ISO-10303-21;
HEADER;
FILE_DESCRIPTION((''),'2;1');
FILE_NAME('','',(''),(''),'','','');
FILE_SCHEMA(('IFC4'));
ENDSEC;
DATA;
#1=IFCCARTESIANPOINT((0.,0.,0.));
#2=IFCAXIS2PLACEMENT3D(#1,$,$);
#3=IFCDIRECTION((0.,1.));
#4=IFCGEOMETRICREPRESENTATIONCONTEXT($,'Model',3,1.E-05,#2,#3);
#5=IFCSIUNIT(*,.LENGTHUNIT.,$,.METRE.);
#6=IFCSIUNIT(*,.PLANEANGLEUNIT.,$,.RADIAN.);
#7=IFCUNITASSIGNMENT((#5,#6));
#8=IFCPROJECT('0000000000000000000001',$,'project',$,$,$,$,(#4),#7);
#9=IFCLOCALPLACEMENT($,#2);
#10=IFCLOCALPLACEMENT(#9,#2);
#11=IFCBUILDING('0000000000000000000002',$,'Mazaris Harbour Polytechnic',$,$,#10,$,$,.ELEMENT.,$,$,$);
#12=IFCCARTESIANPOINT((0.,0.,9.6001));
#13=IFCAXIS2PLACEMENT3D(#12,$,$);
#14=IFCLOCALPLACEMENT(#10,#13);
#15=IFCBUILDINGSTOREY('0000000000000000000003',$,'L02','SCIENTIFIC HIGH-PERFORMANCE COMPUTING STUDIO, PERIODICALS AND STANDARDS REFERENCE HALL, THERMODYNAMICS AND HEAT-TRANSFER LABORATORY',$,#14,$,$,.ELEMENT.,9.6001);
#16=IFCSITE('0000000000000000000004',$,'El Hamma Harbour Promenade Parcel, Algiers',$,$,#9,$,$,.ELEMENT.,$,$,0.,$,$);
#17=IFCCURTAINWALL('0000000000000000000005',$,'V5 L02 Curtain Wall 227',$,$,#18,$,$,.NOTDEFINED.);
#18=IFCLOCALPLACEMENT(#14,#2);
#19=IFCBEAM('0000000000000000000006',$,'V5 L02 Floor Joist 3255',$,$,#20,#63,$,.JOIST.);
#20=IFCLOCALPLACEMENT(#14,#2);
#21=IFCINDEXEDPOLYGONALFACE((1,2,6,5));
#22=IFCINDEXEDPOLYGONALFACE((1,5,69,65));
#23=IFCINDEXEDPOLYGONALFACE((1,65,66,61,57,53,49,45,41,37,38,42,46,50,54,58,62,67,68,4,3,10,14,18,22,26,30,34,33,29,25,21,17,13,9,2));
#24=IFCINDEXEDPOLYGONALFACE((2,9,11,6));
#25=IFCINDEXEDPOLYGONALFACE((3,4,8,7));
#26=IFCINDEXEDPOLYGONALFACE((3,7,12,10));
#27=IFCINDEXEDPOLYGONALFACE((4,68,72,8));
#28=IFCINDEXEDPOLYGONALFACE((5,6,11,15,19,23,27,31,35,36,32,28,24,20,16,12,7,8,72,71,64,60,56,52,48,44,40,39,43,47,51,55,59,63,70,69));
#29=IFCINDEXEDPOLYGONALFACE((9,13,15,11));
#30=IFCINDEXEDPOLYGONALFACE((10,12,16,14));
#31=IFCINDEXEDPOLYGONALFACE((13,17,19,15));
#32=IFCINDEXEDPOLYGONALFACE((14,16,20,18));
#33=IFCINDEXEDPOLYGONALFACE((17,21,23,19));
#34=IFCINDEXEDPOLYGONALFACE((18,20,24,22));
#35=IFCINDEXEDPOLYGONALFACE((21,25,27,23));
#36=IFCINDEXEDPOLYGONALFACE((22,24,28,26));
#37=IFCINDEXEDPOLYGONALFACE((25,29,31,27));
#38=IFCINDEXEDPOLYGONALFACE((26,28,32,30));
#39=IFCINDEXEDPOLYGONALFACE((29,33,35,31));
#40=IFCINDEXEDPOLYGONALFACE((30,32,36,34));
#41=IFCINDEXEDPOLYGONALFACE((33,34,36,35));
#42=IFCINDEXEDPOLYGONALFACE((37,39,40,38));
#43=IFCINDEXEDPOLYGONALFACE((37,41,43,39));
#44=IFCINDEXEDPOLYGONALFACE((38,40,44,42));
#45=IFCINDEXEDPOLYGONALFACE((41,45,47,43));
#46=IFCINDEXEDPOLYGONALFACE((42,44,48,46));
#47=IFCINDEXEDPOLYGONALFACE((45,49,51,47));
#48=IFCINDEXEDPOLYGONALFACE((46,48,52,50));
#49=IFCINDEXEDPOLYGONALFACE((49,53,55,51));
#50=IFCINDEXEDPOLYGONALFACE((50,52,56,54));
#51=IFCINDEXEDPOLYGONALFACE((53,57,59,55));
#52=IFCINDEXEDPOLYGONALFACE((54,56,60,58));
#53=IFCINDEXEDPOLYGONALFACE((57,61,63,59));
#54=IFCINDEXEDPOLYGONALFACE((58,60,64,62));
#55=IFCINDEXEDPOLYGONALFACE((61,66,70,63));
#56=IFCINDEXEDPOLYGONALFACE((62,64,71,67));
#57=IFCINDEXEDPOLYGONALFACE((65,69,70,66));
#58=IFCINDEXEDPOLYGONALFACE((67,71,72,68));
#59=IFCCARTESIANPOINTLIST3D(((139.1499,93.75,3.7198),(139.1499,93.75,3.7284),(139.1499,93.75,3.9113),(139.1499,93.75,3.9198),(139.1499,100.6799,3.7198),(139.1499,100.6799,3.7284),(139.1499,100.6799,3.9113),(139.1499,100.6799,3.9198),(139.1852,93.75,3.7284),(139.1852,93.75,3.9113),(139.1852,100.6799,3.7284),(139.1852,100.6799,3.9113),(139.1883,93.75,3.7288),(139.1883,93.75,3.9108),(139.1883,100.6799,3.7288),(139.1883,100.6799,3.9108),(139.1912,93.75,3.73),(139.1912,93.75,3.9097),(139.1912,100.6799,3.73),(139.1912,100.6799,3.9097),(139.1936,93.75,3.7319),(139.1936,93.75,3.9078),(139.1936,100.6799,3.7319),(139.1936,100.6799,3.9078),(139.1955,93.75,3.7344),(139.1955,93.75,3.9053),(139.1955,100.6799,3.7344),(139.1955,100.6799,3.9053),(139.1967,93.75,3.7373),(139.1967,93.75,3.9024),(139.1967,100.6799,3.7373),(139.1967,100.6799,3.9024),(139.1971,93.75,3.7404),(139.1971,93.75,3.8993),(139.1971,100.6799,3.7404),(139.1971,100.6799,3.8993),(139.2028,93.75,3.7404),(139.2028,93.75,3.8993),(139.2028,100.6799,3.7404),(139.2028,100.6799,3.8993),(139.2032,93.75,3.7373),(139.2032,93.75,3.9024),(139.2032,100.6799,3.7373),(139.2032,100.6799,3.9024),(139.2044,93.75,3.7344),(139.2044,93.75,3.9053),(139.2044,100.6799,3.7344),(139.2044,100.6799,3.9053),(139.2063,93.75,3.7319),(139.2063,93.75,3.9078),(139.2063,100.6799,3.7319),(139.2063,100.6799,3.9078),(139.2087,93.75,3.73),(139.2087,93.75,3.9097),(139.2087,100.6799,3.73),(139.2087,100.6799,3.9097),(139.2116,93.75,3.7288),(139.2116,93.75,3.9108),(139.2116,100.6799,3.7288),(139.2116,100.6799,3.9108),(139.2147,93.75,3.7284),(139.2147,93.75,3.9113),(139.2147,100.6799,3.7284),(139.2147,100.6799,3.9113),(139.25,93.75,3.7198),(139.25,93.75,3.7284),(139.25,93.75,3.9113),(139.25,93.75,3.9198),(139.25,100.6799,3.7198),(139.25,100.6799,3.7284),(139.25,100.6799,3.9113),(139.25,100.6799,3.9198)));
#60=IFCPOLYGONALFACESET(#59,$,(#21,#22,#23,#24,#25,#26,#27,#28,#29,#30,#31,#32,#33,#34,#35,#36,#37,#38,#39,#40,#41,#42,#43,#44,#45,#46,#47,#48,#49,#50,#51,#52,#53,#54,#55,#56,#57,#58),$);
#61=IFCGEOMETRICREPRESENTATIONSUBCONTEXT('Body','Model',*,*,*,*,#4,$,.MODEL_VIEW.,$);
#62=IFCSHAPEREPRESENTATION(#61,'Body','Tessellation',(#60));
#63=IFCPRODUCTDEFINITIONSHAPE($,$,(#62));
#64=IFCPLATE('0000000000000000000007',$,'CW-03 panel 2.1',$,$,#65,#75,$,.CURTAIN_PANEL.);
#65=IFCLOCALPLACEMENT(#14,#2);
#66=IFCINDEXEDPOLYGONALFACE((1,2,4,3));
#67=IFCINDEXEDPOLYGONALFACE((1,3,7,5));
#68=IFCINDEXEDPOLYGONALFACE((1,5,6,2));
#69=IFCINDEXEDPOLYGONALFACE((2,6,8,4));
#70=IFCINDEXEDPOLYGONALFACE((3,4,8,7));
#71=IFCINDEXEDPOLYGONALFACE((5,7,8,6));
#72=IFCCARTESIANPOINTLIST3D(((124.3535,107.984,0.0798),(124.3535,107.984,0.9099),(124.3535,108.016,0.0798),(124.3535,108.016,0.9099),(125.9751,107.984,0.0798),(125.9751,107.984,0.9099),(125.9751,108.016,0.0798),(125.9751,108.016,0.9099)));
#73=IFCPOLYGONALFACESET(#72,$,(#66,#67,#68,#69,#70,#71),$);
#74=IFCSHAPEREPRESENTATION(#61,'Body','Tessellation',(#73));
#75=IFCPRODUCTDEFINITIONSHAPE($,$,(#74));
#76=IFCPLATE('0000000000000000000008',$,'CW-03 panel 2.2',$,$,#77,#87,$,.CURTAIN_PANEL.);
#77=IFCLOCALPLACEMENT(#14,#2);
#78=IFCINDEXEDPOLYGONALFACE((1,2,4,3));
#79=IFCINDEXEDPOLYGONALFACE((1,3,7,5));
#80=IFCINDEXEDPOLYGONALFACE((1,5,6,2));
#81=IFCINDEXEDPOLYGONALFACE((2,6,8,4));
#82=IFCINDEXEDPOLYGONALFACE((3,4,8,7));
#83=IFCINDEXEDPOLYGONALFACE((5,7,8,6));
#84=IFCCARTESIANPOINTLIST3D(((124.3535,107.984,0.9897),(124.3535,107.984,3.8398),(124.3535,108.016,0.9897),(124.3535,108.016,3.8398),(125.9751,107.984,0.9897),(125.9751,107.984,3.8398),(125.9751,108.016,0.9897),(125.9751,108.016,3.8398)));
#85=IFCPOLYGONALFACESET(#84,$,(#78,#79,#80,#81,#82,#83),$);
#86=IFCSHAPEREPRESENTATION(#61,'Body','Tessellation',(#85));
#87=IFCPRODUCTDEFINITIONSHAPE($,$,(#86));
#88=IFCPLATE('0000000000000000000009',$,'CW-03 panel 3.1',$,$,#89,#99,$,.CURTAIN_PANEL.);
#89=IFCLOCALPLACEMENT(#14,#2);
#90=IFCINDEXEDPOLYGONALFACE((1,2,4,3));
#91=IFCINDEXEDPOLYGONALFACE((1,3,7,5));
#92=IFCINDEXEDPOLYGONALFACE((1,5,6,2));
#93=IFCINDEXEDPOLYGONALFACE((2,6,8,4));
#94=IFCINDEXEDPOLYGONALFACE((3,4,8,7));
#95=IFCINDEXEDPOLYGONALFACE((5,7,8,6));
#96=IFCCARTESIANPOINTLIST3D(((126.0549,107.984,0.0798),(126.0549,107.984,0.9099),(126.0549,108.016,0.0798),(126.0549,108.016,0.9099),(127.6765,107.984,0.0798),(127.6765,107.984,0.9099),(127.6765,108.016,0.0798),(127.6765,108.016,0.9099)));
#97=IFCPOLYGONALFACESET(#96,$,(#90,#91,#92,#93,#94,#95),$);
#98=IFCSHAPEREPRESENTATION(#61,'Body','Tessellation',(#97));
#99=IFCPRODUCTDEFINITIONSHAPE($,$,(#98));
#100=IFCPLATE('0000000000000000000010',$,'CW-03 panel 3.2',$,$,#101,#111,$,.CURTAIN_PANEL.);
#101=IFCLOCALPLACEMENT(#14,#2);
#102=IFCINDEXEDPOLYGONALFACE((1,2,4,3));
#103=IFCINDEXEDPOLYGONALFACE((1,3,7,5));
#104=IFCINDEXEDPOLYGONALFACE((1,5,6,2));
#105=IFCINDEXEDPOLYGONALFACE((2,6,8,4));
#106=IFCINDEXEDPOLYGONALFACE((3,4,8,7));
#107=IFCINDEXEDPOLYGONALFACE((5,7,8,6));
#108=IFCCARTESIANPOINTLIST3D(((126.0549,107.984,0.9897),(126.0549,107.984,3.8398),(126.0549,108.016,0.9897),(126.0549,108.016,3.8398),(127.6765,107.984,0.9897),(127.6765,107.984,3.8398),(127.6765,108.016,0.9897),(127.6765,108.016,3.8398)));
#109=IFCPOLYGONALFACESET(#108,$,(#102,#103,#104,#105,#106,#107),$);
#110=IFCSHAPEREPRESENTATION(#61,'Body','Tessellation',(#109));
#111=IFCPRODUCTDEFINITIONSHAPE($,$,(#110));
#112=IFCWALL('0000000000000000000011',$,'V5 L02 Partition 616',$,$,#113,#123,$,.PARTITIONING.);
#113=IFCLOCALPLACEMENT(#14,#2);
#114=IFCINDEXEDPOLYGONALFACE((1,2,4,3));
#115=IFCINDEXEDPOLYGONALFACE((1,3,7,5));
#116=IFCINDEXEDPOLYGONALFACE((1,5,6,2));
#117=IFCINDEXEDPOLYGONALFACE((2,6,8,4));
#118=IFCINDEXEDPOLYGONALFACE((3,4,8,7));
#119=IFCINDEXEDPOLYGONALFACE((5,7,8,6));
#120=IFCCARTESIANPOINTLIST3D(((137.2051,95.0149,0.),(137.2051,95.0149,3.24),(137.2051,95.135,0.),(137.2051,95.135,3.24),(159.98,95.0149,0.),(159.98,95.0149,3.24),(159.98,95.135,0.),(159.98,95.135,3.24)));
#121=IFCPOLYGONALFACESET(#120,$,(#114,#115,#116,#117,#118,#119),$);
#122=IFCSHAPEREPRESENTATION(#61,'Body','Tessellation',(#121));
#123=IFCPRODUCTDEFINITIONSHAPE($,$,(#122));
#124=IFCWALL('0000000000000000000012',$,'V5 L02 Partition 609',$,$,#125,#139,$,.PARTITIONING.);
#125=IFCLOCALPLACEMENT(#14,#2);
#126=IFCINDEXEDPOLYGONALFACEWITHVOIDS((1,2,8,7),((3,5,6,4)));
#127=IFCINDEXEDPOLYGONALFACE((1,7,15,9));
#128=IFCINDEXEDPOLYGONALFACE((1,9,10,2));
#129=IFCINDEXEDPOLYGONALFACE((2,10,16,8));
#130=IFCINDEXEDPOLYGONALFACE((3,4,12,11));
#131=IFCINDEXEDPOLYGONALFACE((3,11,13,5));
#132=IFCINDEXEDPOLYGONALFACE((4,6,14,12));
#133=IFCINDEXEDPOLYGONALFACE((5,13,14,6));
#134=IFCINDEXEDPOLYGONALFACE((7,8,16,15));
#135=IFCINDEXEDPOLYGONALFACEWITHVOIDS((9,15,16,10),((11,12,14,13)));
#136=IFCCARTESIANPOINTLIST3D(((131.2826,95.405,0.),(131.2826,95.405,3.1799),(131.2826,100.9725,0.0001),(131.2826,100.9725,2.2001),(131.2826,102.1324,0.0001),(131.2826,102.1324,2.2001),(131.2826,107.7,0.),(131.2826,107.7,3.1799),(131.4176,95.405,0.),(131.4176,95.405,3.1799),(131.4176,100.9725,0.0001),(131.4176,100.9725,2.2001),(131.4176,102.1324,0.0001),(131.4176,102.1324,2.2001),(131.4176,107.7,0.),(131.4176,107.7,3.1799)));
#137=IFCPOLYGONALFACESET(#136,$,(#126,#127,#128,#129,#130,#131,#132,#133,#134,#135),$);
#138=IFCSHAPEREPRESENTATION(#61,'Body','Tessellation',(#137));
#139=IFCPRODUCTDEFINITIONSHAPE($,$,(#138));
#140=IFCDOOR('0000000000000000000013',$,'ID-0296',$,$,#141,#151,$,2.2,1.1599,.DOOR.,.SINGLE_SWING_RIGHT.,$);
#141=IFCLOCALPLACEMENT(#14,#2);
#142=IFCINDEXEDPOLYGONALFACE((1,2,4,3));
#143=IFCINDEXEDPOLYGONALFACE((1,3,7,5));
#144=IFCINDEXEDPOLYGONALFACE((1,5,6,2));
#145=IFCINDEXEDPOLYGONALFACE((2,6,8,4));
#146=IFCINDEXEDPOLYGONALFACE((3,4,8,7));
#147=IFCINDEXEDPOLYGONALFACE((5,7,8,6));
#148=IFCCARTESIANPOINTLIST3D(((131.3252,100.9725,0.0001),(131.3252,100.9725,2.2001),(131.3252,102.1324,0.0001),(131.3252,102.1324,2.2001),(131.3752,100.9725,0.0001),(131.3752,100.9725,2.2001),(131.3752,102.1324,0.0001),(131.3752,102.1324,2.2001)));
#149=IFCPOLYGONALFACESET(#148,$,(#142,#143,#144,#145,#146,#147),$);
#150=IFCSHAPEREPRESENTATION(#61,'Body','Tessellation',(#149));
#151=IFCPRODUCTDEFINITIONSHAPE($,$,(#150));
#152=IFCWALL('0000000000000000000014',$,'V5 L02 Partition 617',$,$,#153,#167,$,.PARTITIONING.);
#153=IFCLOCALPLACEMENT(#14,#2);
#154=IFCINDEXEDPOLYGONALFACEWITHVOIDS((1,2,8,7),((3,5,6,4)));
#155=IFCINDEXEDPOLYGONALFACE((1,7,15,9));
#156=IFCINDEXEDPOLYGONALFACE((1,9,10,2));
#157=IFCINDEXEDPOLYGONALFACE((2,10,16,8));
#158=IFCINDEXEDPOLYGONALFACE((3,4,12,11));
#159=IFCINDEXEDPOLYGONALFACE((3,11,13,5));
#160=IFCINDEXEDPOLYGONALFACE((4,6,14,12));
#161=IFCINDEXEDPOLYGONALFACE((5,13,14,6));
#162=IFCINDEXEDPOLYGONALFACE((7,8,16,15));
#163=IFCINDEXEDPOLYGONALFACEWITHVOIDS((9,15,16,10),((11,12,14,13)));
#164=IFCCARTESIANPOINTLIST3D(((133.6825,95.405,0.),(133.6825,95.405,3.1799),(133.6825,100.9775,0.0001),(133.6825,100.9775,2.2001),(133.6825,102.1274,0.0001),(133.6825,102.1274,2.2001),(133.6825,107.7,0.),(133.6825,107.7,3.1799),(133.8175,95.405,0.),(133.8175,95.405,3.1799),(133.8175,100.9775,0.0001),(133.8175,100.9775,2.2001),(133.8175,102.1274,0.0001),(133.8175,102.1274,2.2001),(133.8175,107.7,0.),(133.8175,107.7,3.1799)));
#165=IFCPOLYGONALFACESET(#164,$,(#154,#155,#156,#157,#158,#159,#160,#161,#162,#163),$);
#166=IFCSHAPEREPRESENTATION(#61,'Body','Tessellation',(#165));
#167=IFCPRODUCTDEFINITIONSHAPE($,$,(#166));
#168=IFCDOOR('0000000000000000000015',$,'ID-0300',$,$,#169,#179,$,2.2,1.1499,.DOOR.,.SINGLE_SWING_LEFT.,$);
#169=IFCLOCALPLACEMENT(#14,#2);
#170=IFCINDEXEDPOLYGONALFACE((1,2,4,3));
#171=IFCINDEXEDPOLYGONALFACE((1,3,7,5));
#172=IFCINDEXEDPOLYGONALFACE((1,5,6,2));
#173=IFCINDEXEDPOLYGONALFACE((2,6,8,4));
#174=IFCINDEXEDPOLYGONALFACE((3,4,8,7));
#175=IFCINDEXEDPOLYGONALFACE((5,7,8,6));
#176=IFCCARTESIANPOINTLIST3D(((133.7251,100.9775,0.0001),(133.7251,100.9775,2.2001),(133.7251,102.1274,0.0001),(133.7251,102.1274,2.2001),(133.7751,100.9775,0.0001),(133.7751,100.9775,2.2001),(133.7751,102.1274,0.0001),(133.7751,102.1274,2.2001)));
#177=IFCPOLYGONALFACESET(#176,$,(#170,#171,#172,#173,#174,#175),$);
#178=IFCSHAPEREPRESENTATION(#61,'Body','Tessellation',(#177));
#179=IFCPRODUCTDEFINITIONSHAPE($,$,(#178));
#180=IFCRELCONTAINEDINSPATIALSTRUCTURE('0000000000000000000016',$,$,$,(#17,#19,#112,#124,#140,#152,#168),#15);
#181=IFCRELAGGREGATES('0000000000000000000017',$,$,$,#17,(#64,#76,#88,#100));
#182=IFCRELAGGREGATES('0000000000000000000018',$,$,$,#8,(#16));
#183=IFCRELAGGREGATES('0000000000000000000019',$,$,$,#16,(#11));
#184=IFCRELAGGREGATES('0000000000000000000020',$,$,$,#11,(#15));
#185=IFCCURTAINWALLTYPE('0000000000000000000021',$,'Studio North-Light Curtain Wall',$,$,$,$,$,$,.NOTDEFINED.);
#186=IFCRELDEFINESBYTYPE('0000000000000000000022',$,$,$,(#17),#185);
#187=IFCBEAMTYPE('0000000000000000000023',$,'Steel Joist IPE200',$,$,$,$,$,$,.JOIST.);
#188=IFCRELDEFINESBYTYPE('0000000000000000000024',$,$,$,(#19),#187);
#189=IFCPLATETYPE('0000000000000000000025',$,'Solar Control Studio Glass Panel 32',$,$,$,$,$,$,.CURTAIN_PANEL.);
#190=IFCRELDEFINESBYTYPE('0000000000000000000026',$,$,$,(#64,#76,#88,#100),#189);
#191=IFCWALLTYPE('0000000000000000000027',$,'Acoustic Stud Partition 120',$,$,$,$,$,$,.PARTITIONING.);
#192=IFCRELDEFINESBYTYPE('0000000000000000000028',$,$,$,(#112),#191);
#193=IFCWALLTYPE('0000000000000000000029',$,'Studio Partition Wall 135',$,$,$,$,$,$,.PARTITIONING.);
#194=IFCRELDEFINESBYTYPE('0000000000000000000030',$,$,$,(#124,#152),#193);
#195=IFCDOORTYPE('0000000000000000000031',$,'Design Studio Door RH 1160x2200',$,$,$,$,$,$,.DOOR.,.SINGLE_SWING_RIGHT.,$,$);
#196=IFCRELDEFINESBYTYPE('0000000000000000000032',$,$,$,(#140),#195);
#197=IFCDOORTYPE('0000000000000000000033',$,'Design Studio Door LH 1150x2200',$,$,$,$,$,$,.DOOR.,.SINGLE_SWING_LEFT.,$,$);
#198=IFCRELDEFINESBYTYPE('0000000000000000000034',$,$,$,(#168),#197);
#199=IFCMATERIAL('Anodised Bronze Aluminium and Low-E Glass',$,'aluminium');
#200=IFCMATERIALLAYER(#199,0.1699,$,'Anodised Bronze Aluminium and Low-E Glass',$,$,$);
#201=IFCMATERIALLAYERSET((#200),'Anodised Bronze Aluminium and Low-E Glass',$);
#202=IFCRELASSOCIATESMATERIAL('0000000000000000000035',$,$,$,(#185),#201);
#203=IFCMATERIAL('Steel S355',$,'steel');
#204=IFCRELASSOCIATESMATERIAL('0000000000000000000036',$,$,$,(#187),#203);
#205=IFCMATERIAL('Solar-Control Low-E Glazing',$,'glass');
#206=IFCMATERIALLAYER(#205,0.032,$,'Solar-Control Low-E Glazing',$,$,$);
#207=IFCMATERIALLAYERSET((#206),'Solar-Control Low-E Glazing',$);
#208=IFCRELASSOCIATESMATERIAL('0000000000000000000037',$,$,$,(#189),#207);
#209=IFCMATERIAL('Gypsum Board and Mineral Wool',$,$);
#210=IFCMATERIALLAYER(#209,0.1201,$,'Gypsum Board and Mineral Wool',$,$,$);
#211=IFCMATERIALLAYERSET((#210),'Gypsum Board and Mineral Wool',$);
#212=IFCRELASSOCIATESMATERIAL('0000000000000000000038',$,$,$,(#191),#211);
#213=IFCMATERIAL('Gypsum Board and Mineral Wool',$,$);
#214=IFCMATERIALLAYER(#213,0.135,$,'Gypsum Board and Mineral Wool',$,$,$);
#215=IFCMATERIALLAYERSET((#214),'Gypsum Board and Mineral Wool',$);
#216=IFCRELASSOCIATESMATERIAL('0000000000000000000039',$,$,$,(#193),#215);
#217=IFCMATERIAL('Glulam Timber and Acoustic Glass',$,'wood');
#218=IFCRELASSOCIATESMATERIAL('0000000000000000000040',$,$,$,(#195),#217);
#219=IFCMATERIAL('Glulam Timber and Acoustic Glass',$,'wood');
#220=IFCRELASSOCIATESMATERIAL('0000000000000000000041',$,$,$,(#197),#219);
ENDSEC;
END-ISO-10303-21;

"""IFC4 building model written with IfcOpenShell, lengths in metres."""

from ifc_helpers import new_model, si_unit, direction, frame, frame_2d, origin, origin_2d, place, context, subcontext, project, spatial, rectangle, i_section, extrude, material, layer, layer_set, material_profile, profile_set, type_object, element, fill, aggregate, save


model = new_model("IFC4")

# Units and contexts
model_context = context("Model", 3, precision=1e-05, world=origin(), true_north=direction((0.0, 1.0)))
body_context = subcontext(model_context, "Body", "Model", "MODEL_VIEW")
ifc_project = project(units=[si_unit("LENGTHUNIT", "METRE"), si_unit("PLANEANGLEUNIT", "RADIAN")], contexts=[model_context])

# Site, building, storey
site_placement = place(None, origin())
site = spatial("IfcSite", under=ifc_project, at=site_placement, Name="El Hamma Harbour Promenade Parcel, Algiers", CompositionType="ELEMENT", RefElevation=0.0)
building_placement = place(site_placement, origin())
building = spatial("IfcBuilding", under=site, at=building_placement, Name="Mazaris Harbour Polytechnic", CompositionType="ELEMENT")
storey_placement = place(building_placement, frame((0.0, 0.0, 9.6001)))
storey = spatial("IfcBuildingStorey", under=building, at=storey_placement, Name="L02", Description="SCIENTIFIC HIGH-PERFORMANCE COMPUTING STUDIO, PERIODICALS AND STANDARDS REFERENCE HALL, THERMODYNAMICS AND HEAT-TRANSFER LABORATORY", CompositionType="ELEMENT", Elevation=9.6001)

# Curtain wall
ifc_material_1 = material(Name="Anodised Bronze Aluminium and Low-E Glass", Category="aluminium")
ifc_layer_1 = layer(ifc_material_1, 0.1699, Name="Anodised Bronze Aluminium and Low-E Glass")
ifc_layer_set_1 = layer_set([ifc_layer_1], Name="Anodised Bronze Aluminium and Low-E Glass")
curtain_wall_type = type_object("IfcCurtainWallType", Name="Studio North-Light Curtain Wall", PredefinedType="NOTDEFINED", material=ifc_layer_set_1)
curtain_wall_placement = place(storey_placement, origin())
curtain_wall = element("IfcCurtainWall", 1, at=curtain_wall_placement, inside=storey, type_object=curtain_wall_type, Name="V5 L02 Curtain Wall 227", PredefinedType="NOTDEFINED")

# Beam
ifc_material_2 = material(Name="Steel S355", Category="steel")
ifc_material_profile_1 = material_profile(ifc_material_2, i_section(OverallWidth=0.1001, OverallDepth=0.2, WebThickness=0.0056, FlangeThickness=0.0085, FilletRadius=0.012, at=origin_2d()), Name="IPE 200")
ifc_profile_set_1 = profile_set([ifc_material_profile_1], Name="Steel S355")
beam_type_1 = type_object("IfcBeamType", Name="Steel Joist IPE200", PredefinedType="JOIST", material=ifc_profile_set_1)
beam_1_placement = place(storey_placement, frame((139.2, 93.75, 3.8198), z_axis=(0.0, 1.0, 0.0), x_axis=(-1.0, 0.0, 0.0)))
element("IfcBeam", 2, at=beam_1_placement, inside=storey, type_object=beam_type_1, Name="V5 L02 Floor Joist 3255", PredefinedType="JOIST", context=body_context, shape_type="SweptSolid", body=[
    extrude(i_section(OverallWidth=0.1001, OverallDepth=0.2, WebThickness=0.0056, FlangeThickness=0.0085, FilletRadius=0.012, at=origin_2d()), origin(), (0.0, 0.0, 1.0), 6.9299),
])

# Plates
ifc_material_3 = material(Name="Solar-Control Low-E Glazing", Category="glass")
ifc_layer_2 = layer(ifc_material_3, 0.032, Name="Solar-Control Low-E Glazing")
ifc_layer_set_2 = layer_set([ifc_layer_2], Name="Solar-Control Low-E Glazing")
plate_type = type_object("IfcPlateType", Name="Solar Control Studio Glass Panel 32", PredefinedType="CURTAIN_PANEL", material=ifc_layer_set_2)
plate_1_placement = place(storey_placement, frame((125.1643, 108.0, 0.0798), z_axis=(0.0, 0.0, 1.0), x_axis=(1.0, 0.0, 0.0)))
plate_1 = element("IfcPlate", 3, at=plate_1_placement, type_object=plate_type, Name="CW-03 panel 2.1", PredefinedType="CURTAIN_PANEL", context=body_context, shape_type="SweptSolid", body=[
    extrude(rectangle(XDim=1.6216, YDim=0.032, at=origin_2d()), origin(), (0.0, 0.0, 1.0), 0.8301),
])
plate_2_placement = place(storey_placement, frame((125.1643, 108.0, 0.9897), z_axis=(0.0, 0.0, 1.0), x_axis=(1.0, 0.0, 0.0)))
plate_2 = element("IfcPlate", 4, at=plate_2_placement, type_object=plate_type, Name="CW-03 panel 2.2", PredefinedType="CURTAIN_PANEL", context=body_context, shape_type="SweptSolid", body=[
    extrude(rectangle(XDim=1.6216, YDim=0.032, at=origin_2d()), origin(), (0.0, 0.0, 1.0), 2.8501),
])
plate_3_placement = place(storey_placement, frame((126.8657, 108.0, 0.0798), z_axis=(0.0, 0.0, 1.0), x_axis=(1.0, 0.0, 0.0)))
plate_3 = element("IfcPlate", 5, at=plate_3_placement, type_object=plate_type, Name="CW-03 panel 3.1", PredefinedType="CURTAIN_PANEL", context=body_context, shape_type="SweptSolid", body=[
    extrude(rectangle(XDim=1.6216, YDim=0.032, at=origin_2d()), origin(), (0.0, 0.0, 1.0), 0.8301),
])
plate_4_placement = place(storey_placement, frame((126.8657, 108.0, 0.9897), z_axis=(0.0, 0.0, 1.0), x_axis=(1.0, 0.0, 0.0)))
plate_4 = element("IfcPlate", 6, at=plate_4_placement, type_object=plate_type, Name="CW-03 panel 3.2", PredefinedType="CURTAIN_PANEL", context=body_context, shape_type="SweptSolid", body=[
    extrude(rectangle(XDim=1.6216, YDim=0.032, at=origin_2d()), origin(), (0.0, 0.0, 1.0), 2.8501),
])
aggregate(curtain_wall, [plate_1, plate_2, plate_3, plate_4])

# Wall
ifc_material_4 = material(Name="Gypsum Board and Mineral Wool")
ifc_layer_3 = layer(ifc_material_4, 0.1201, Name="Gypsum Board and Mineral Wool")
ifc_layer_set_3 = layer_set([ifc_layer_3], Name="Gypsum Board and Mineral Wool")
wall_type_1 = type_object("IfcWallType", Name="Acoustic Stud Partition 120", PredefinedType="PARTITIONING", material=ifc_layer_set_3)
wall_1_placement = place(storey_placement, frame((137.2051, 95.075, 0.0), z_axis=(0.0, 0.0, 1.0), x_axis=(1.0, 0.0, 0.0)))
element("IfcWall", 7, at=wall_1_placement, inside=storey, type_object=wall_type_1, Name="V5 L02 Partition 616", PredefinedType="PARTITIONING", context=body_context, shape_type="SweptSolid", body=[
    extrude(rectangle(XDim=22.7749, YDim=0.1201, at=frame_2d((11.3875, 0.0))), origin(), (0.0, 0.0, 1.0), 3.24),
])

# Walls, openings, doors
ifc_material_5 = material(Name="Gypsum Board and Mineral Wool")
ifc_layer_4 = layer(ifc_material_5, 0.135, Name="Gypsum Board and Mineral Wool")
ifc_layer_set_4 = layer_set([ifc_layer_4], Name="Gypsum Board and Mineral Wool")
wall_type_2 = type_object("IfcWallType", Name="Studio Partition Wall 135", PredefinedType="PARTITIONING", material=ifc_layer_set_4)
wall_2_placement = place(storey_placement, frame((131.3501, 95.405, 0.0), z_axis=(0.0, 0.0, 1.0), x_axis=(0.0, 1.0, 0.0)))
wall_2 = element("IfcWall", 8, at=wall_2_placement, inside=storey, type_object=wall_type_2, Name="V5 L02 Partition 609", PredefinedType="PARTITIONING", context=body_context, shape_type="SweptSolid", body=[
    extrude(rectangle(XDim=12.2949, YDim=0.135, at=frame_2d((6.1475, 0.0))), origin(), (0.0, 0.0, 1.0), 3.1799),
])
opening_1_placement = place(wall_2_placement, frame((5.5674, 0.0, 0.0)))
opening_1 = element("IfcOpeningElement", 9, at=opening_1_placement, cuts=wall_2, PredefinedType="OPENING", context=body_context, shape_type="SweptSolid", body=[
    extrude(rectangle(XDim=1.1599, YDim=2.2, at=frame_2d((0.5801, 1.1001))), frame((0.0, 0.0774, 0.0), z_axis=(0.0, -1.0, 0.0), x_axis=(1.0, 0.0, 0.0)), (0.0, 0.0, 1.0), 0.155),
])
ifc_material_6 = material(Name="Glulam Timber and Acoustic Glass", Category="wood")
door_type_1 = type_object("IfcDoorType", Name="Design Studio Door RH 1160x2200", OperationType="SINGLE_SWING_RIGHT", PredefinedType="DOOR", material=ifc_material_6)
door_1_placement = place(opening_1_placement, origin())
door_1 = element("IfcDoor", 10, at=door_1_placement, inside=storey, type_object=door_type_1, Name="ID-0296", OperationType="SINGLE_SWING_RIGHT", OverallHeight=2.2, OverallWidth=1.1599, PredefinedType="DOOR", context=body_context, shape_type="SweptSolid", body=[
    extrude(rectangle(XDim=1.1599, YDim=2.2, at=frame_2d((0.5801, 1.1001))), frame((0.0, 0.0249, 0.0), z_axis=(0.0, -1.0, 0.0), x_axis=(1.0, 0.0, 0.0)), (0.0, 0.0, 1.0), 0.05),
])
fill(opening_1, door_1)
wall_3_placement = place(storey_placement, frame((133.75, 95.405, 0.0), z_axis=(0.0, 0.0, 1.0), x_axis=(0.0, 1.0, 0.0)))
wall_3 = element("IfcWall", 11, at=wall_3_placement, inside=storey, type_object=wall_type_2, Name="V5 L02 Partition 617", PredefinedType="PARTITIONING", context=body_context, shape_type="SweptSolid", body=[
    extrude(rectangle(XDim=12.2949, YDim=0.135, at=frame_2d((6.1475, 0.0))), origin(), (0.0, 0.0, 1.0), 3.1799),
])
opening_2_placement = place(wall_3_placement, frame((5.5725, 0.0, 0.0)))
opening_2 = element("IfcOpeningElement", 12, at=opening_2_placement, cuts=wall_3, PredefinedType="OPENING", context=body_context, shape_type="SweptSolid", body=[
    extrude(rectangle(XDim=1.1499, YDim=2.2, at=frame_2d((0.575, 1.1001))), frame((0.0, 0.0774, 0.0), z_axis=(0.0, -1.0, 0.0), x_axis=(1.0, 0.0, 0.0)), (0.0, 0.0, 1.0), 0.155),
])
ifc_material_7 = material(Name="Glulam Timber and Acoustic Glass", Category="wood")
door_type_2 = type_object("IfcDoorType", Name="Design Studio Door LH 1150x2200", OperationType="SINGLE_SWING_LEFT", PredefinedType="DOOR", material=ifc_material_7)
door_2_placement = place(opening_2_placement, origin())
door_2 = element("IfcDoor", 13, at=door_2_placement, inside=storey, type_object=door_type_2, Name="ID-0300", OperationType="SINGLE_SWING_LEFT", OverallHeight=2.2, OverallWidth=1.1499, PredefinedType="DOOR", context=body_context, shape_type="SweptSolid", body=[
    extrude(rectangle(XDim=1.1499, YDim=2.2, at=frame_2d((0.575, 1.1001))), frame((0.0, 0.0249, 0.0), z_axis=(0.0, -1.0, 0.0), x_axis=(1.0, 0.0, 0.0)), (0.0, 0.0, 1.0), 0.05),
])
fill(opening_2, door_2)

save(model, "model.ifc")
